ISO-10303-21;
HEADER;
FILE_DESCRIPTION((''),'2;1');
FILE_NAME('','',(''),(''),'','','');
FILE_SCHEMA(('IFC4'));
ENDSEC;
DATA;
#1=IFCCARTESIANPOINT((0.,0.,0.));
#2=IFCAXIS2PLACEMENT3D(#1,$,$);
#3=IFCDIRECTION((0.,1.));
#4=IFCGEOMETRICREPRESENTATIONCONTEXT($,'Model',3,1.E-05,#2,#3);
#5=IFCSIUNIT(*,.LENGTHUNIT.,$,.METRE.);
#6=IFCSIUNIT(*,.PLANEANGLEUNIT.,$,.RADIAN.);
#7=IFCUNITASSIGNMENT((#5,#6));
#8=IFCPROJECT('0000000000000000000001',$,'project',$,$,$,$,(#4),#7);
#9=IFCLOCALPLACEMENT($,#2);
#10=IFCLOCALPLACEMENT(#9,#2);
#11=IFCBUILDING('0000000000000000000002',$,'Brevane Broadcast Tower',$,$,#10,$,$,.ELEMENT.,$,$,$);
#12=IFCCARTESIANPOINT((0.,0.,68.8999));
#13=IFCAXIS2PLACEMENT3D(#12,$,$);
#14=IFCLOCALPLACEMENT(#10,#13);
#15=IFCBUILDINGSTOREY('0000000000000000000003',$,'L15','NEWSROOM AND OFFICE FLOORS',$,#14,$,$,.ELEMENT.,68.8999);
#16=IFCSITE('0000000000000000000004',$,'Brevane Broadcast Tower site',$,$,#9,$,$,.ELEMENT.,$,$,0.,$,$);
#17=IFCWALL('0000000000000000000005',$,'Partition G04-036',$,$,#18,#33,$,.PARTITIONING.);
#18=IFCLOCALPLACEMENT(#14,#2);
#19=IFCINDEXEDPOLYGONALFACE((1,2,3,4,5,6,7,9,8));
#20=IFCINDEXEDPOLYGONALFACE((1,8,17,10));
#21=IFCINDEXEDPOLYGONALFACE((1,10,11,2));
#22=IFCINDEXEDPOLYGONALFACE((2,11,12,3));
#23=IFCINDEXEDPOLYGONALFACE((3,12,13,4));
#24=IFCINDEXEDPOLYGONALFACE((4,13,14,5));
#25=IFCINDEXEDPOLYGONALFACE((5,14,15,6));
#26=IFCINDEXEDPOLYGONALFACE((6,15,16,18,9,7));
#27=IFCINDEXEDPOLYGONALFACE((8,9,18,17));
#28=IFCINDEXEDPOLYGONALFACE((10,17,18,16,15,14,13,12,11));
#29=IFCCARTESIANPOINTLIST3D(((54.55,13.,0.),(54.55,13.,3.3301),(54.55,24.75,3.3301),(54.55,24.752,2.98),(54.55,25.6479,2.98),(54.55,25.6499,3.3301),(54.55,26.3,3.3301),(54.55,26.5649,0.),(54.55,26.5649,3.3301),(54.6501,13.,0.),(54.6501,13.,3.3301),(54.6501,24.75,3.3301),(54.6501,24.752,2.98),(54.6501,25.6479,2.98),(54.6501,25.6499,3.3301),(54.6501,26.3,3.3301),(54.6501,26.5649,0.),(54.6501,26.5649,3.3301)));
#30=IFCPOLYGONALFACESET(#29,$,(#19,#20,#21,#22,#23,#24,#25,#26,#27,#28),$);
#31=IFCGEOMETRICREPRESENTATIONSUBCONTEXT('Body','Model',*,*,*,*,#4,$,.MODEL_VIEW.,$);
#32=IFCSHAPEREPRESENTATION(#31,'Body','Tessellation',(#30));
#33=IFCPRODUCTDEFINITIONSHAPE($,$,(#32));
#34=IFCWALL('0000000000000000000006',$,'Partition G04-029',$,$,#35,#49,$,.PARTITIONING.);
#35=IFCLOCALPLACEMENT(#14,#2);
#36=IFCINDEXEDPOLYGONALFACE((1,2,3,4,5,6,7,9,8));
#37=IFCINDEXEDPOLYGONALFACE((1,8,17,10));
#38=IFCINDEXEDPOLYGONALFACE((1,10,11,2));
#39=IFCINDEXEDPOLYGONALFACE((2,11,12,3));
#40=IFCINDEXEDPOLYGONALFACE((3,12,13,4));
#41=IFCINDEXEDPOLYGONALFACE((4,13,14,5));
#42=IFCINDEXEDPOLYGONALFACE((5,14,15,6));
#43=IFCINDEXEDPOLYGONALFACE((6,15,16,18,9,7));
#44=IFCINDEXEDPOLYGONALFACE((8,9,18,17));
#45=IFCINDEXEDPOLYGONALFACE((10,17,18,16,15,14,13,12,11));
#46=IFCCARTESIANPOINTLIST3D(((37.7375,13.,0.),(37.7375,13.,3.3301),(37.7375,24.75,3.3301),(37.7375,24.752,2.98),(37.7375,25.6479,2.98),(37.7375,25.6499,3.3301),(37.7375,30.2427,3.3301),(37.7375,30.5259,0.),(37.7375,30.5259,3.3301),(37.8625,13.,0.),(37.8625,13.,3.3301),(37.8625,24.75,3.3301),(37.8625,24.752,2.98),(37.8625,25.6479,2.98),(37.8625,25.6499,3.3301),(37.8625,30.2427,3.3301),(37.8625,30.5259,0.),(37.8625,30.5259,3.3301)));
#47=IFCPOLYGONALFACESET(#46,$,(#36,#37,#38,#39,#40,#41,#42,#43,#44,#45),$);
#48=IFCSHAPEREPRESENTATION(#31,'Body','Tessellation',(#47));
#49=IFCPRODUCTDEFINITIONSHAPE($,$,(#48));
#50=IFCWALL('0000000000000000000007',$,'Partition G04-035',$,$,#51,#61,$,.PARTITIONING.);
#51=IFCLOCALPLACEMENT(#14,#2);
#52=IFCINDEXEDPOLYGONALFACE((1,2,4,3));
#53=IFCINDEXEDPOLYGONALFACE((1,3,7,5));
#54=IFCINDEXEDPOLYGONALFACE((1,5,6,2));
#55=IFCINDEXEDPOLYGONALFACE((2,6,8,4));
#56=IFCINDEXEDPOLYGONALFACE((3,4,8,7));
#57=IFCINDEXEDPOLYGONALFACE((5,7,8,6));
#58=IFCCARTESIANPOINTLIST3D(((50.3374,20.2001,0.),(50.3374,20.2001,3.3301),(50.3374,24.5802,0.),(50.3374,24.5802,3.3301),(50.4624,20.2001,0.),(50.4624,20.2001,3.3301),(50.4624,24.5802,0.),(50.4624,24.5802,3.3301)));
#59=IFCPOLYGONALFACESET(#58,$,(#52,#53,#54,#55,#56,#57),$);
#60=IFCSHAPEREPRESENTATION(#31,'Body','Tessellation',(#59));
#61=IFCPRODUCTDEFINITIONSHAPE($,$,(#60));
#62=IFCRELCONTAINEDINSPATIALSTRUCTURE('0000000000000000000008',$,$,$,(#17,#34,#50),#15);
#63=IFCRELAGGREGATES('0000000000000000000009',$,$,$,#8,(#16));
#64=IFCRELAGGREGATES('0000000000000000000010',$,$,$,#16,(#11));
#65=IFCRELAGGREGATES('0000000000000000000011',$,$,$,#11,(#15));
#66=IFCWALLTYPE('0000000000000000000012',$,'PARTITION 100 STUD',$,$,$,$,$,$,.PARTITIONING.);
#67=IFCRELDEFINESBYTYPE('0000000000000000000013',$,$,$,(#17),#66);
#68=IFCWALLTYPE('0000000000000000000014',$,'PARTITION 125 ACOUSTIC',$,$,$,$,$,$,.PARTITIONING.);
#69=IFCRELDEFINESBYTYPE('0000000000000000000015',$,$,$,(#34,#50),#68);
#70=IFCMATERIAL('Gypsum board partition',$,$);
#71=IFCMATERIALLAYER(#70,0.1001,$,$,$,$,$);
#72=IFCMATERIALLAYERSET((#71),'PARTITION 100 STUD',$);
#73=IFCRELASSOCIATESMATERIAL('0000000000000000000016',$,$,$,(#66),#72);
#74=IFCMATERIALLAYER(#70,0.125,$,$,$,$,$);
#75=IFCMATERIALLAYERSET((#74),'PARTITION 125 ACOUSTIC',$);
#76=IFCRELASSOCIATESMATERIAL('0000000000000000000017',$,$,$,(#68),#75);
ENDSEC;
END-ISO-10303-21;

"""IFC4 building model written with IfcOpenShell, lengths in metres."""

from ifc_helpers import new_model, si_unit, direction, frame, frame_2d, origin, place, context, subcontext, project, spatial, polyline, rectangle, outline, extrude, material, layer, layer_set, type_object, element, save


model = new_model("IFC4")

# Units and contexts
model_context = context("Model", 3, precision=1e-05, world=origin(), true_north=direction((0.0, 1.0)))
body_context = subcontext(model_context, "Body", "Model", "MODEL_VIEW")
ifc_project = project(units=[si_unit("LENGTHUNIT", "METRE"), si_unit("PLANEANGLEUNIT", "RADIAN")], contexts=[model_context])

# Site, building, storey
site_placement = place(None, origin())
site = spatial("IfcSite", under=ifc_project, at=site_placement, Name="Brevane Broadcast Tower site", CompositionType="ELEMENT", RefElevation=0.0)
building_placement = place(site_placement, origin())
building = spatial("IfcBuilding", under=site, at=building_placement, Name="Brevane Broadcast Tower", CompositionType="ELEMENT")
storey_placement = place(building_placement, frame((0.0, 0.0, 68.8999)))
storey = spatial("IfcBuildingStorey", under=building, at=storey_placement, Name="L15", Description="NEWSROOM AND OFFICE FLOORS", CompositionType="ELEMENT", Elevation=68.8999)

# Shared definitions
ifc_material_1 = material(Name="Gypsum board partition")
ifc_layer_1 = layer(ifc_material_1, 0.1001)
ifc_layer_set_1 = layer_set([ifc_layer_1], Name="PARTITION 100 STUD")
wall_type_1 = type_object("IfcWallType", Name="PARTITION 100 STUD", PredefinedType="PARTITIONING", material=ifc_layer_set_1)

# Walls
wall_1_placement = place(storey_placement, frame((54.6001, 26.5649, 0.0), z_axis=(0.0, 0.0, 1.0), x_axis=(0.0, -1.0, 0.0)))
element("IfcWall", 1, at=wall_1_placement, inside=storey, type_object=wall_type_1, Name="Partition G04-036", PredefinedType="PARTITIONING", context=body_context, shape_type="SweptSolid", body=[
    extrude(outline(polyline([(0.0, 0.0), (13.5649, 0.0), (13.5649, 3.3301), (1.8149, 3.3301), (1.813, 2.98), (0.917, 2.98), (0.915, 3.3301), (0.2649, 3.3301), (0.0, 3.3301), (0.0, 0.0)])), frame((0.0, 0.05, 0.0), z_axis=(0.0, -1.0, 0.0), x_axis=(1.0, 0.0, 0.0)), (0.0, 0.0, 1.0), 0.1001),
])
ifc_layer_2 = layer(ifc_material_1, 0.125)
ifc_layer_set_2 = layer_set([ifc_layer_2], Name="PARTITION 125 ACOUSTIC")
wall_type_2 = type_object("IfcWallType", Name="PARTITION 125 ACOUSTIC", PredefinedType="PARTITIONING", material=ifc_layer_set_2)
wall_2_placement = place(storey_placement, frame((37.8, 30.5259, 0.0), z_axis=(0.0, 0.0, 1.0), x_axis=(0.0, -1.0, 0.0)))
element("IfcWall", 2, at=wall_2_placement, inside=storey, type_object=wall_type_2, Name="Partition G04-029", PredefinedType="PARTITIONING", context=body_context, shape_type="SweptSolid", body=[
    extrude(outline(polyline([(0.0, 0.0), (17.5259, 0.0), (17.5259, 3.3301), (5.7759, 3.3301), (5.7739, 2.98), (4.8779, 2.98), (4.876, 3.3301), (0.2832, 3.3301), (0.0, 3.3301), (0.0, 0.0)])), frame((0.0, 0.0625, 0.0), z_axis=(0.0, -1.0, 0.0), x_axis=(1.0, 0.0, 0.0)), (0.0, 0.0, 1.0), 0.125),
])
wall_3_placement = place(storey_placement, frame((50.3999, 24.5801, 0.0), z_axis=(0.0, 0.0, 1.0), x_axis=(0.0, -1.0, 0.0)))
element("IfcWall", 3, at=wall_3_placement, inside=storey, type_object=wall_type_2, Name="Partition G04-035", PredefinedType="PARTITIONING", context=body_context, shape_type="SweptSolid", body=[
    extrude(rectangle(XDim=4.3801, YDim=0.125, at=frame_2d((2.1899, 0.0))), origin(), (0.0, 0.0, 1.0), 3.3301),
])

save(model, "model.ifc")
